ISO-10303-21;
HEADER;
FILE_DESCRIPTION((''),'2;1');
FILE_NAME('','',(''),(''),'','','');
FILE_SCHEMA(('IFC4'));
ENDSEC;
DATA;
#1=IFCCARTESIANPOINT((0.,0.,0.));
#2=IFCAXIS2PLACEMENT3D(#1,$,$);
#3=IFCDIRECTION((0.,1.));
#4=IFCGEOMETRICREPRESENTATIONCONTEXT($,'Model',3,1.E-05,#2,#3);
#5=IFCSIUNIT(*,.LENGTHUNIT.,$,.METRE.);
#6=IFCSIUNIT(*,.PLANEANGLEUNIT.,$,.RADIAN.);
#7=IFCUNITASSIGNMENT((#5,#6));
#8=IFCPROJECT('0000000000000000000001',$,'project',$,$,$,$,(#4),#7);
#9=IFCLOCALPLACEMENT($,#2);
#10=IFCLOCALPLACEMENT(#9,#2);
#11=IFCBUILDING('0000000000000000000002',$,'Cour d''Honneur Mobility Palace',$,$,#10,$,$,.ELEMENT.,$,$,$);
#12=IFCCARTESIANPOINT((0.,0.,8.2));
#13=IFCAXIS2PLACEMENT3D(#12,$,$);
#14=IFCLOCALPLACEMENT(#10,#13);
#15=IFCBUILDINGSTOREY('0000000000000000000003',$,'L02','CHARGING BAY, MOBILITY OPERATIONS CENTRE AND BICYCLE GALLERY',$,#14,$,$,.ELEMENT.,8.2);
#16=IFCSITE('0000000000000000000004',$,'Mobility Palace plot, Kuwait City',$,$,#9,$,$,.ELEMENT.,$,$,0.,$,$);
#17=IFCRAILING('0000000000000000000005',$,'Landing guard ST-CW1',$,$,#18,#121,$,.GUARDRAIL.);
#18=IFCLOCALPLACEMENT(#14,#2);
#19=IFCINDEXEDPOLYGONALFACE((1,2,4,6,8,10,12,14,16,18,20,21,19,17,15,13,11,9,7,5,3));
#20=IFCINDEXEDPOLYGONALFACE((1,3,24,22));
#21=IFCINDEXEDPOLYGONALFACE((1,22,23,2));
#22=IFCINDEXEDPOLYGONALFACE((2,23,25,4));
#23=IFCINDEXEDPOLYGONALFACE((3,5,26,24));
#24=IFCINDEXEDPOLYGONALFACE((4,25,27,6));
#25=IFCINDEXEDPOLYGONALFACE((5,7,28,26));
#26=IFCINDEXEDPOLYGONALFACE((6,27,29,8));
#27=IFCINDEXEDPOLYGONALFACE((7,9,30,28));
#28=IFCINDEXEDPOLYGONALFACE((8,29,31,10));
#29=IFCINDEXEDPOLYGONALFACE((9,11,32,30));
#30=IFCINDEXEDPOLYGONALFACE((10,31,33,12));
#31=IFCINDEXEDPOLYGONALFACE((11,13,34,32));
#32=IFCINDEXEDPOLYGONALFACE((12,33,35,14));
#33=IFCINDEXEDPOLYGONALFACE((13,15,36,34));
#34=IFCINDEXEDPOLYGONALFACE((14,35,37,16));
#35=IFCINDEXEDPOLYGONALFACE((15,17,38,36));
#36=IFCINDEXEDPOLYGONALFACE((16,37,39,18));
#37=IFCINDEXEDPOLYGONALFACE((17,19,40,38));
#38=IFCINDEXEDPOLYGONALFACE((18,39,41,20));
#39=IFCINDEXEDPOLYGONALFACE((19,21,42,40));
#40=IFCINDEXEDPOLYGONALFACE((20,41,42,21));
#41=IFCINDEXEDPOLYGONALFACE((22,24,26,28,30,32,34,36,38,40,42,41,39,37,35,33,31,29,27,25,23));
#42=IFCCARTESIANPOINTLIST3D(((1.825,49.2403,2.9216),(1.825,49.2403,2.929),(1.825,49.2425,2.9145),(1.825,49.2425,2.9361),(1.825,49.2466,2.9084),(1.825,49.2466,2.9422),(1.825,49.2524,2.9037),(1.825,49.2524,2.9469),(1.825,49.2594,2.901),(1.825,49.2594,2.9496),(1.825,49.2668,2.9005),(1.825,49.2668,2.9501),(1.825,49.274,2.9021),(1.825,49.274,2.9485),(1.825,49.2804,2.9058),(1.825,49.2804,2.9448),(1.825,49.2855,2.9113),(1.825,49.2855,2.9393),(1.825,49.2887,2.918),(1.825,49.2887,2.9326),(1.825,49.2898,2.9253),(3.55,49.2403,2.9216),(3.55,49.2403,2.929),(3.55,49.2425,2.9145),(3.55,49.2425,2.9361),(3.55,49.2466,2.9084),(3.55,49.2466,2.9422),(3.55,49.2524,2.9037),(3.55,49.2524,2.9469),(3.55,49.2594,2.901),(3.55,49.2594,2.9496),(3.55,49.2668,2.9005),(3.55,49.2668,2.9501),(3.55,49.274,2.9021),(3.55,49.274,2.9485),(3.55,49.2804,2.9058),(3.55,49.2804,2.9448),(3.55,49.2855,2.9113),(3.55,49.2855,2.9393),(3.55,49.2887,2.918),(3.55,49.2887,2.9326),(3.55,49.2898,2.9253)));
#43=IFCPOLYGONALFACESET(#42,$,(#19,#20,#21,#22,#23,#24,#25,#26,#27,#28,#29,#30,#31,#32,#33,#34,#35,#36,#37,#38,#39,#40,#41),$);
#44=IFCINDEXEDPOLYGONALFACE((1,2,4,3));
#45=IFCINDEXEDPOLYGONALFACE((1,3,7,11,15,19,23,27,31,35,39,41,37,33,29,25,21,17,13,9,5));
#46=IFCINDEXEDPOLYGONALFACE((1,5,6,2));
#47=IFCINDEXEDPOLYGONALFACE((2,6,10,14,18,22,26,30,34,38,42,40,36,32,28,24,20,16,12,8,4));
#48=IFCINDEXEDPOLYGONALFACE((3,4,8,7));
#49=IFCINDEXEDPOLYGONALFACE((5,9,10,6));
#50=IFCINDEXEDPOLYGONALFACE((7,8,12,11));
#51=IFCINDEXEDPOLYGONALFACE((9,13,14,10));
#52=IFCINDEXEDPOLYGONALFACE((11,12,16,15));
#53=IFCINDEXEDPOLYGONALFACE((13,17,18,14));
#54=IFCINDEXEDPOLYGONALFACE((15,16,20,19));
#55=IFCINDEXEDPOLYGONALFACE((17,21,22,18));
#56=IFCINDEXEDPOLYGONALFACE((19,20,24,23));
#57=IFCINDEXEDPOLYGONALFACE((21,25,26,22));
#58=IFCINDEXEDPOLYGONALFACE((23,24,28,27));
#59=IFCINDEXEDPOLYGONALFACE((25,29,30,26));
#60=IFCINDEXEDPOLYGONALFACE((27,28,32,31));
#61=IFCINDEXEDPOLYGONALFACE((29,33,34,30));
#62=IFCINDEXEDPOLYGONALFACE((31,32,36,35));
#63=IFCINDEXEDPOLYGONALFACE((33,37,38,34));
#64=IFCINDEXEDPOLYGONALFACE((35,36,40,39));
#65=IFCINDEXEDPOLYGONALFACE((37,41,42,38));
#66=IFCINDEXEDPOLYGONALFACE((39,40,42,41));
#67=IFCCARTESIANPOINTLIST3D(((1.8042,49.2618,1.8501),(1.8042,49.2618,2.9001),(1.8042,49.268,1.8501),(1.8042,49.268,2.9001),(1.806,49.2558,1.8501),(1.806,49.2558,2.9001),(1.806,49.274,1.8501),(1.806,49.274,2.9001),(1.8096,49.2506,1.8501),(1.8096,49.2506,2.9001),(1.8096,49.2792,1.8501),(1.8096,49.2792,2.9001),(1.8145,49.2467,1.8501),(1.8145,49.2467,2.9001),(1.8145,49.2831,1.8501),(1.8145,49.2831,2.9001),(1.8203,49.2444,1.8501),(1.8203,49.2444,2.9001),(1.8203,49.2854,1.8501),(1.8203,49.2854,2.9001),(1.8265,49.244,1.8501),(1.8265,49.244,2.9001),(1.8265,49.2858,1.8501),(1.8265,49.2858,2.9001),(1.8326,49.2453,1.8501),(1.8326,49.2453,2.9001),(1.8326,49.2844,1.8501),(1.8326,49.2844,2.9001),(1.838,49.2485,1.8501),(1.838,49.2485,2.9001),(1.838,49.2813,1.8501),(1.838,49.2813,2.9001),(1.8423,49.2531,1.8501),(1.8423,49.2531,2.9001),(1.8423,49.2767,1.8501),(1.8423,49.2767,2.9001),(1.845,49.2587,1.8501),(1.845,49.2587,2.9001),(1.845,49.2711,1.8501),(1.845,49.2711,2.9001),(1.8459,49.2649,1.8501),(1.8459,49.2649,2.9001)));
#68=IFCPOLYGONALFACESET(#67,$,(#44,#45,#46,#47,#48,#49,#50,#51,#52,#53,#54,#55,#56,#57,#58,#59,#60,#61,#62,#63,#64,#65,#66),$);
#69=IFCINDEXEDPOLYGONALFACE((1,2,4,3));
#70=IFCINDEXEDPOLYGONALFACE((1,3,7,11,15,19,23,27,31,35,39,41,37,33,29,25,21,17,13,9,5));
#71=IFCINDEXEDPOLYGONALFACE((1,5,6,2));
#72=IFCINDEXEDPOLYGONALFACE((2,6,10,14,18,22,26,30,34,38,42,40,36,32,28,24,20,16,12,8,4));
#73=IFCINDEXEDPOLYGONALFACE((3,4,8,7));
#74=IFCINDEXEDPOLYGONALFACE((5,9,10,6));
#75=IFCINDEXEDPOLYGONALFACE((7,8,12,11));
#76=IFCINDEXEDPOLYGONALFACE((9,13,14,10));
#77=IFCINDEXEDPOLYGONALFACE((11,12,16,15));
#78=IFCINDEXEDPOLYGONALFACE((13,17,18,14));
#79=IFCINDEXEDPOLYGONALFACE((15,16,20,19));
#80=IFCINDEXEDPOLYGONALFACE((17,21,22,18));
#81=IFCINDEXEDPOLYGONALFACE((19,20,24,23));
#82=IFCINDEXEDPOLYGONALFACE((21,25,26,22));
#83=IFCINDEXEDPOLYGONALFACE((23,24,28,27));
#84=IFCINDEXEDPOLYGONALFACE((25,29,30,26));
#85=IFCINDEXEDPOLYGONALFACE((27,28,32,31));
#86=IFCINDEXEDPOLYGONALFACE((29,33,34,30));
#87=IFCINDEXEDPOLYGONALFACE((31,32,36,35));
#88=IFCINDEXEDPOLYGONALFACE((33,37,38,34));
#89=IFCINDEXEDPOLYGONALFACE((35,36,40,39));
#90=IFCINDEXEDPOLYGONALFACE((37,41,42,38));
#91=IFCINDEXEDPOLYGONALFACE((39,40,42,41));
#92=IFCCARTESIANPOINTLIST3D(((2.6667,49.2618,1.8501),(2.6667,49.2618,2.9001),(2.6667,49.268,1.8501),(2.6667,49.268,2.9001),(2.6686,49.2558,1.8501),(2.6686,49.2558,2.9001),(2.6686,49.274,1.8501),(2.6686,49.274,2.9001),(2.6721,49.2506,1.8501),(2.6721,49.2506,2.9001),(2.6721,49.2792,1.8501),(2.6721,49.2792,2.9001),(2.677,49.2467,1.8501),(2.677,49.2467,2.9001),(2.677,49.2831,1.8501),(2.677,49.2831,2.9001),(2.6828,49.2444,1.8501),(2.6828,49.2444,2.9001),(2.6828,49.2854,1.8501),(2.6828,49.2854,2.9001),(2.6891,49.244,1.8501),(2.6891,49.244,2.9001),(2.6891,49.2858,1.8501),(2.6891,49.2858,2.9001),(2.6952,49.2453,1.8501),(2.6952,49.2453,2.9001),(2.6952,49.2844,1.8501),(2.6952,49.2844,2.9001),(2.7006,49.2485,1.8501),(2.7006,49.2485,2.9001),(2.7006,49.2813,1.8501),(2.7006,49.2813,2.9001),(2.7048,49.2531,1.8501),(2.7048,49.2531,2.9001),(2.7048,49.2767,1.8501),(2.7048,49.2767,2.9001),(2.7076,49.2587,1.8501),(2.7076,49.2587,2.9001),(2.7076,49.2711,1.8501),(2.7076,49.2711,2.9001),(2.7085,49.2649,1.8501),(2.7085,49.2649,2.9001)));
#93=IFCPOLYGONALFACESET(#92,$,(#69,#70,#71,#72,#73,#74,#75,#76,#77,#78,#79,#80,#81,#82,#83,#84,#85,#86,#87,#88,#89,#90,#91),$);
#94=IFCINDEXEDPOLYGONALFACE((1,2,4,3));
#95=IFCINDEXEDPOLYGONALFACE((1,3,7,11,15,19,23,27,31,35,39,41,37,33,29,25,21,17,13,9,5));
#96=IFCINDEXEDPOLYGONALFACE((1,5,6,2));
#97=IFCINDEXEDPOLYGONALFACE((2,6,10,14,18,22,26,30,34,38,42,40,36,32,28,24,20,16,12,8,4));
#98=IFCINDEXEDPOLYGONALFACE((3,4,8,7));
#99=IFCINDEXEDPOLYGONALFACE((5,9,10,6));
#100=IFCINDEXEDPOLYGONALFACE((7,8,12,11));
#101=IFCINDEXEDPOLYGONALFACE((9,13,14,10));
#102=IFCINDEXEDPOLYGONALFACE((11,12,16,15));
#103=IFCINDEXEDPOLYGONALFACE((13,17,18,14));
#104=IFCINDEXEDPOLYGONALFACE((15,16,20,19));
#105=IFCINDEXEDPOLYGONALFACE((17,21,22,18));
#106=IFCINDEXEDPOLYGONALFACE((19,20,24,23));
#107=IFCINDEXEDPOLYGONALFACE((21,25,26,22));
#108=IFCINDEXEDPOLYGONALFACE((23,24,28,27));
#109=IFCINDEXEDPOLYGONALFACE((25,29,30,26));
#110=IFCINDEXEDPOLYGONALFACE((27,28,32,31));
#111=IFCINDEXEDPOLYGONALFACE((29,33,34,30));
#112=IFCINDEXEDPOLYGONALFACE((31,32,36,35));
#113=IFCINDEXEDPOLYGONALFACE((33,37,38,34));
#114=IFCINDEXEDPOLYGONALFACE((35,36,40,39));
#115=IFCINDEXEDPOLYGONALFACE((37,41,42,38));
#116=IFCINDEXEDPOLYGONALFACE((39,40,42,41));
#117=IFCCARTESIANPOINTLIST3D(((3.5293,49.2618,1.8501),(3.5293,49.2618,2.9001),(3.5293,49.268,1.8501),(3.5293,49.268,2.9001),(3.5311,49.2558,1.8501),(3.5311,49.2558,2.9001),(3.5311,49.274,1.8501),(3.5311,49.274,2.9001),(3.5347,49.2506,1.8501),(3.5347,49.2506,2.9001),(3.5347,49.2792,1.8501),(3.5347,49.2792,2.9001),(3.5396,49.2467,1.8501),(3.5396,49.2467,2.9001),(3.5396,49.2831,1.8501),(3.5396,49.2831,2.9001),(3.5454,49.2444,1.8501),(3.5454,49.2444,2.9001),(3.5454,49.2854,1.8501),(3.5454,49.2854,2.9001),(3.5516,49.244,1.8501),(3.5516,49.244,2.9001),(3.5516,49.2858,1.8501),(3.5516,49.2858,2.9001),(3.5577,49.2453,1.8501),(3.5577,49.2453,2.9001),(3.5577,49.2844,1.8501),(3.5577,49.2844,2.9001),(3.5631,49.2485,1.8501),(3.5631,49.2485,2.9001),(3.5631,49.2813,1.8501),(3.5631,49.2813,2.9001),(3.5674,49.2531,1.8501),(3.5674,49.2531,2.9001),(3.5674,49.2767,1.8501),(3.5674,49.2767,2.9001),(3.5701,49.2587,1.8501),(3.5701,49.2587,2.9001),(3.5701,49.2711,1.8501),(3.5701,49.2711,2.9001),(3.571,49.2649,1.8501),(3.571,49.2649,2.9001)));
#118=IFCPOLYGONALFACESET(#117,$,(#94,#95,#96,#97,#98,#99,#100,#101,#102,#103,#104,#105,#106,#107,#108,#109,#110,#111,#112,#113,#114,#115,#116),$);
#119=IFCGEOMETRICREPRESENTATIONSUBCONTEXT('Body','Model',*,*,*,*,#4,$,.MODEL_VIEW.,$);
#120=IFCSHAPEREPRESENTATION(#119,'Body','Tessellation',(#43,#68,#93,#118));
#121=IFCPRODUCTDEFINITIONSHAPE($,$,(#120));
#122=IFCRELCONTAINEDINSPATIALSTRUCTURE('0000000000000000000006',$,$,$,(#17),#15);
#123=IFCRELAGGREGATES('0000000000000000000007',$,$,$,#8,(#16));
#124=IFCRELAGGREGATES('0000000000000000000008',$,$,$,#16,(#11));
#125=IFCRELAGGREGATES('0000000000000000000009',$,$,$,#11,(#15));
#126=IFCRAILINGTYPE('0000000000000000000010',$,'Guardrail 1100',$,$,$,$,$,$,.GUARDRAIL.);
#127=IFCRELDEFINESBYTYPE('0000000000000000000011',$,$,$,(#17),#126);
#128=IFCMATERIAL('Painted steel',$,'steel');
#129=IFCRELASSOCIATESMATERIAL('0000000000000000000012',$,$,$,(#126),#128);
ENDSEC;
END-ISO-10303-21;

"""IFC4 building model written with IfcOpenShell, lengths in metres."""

from ifc_helpers import new_model, si_unit, direction, frame, origin, origin_2d, place, context, subcontext, project, spatial, circle, extrude, material, type_object, element, save


model = new_model("IFC4")

# Units and contexts
model_context = context("Model", 3, precision=1e-05, world=origin(), true_north=direction((0.0, 1.0)))
body_context = subcontext(model_context, "Body", "Model", "MODEL_VIEW")
ifc_project = project(units=[si_unit("LENGTHUNIT", "METRE"), si_unit("PLANEANGLEUNIT", "RADIAN")], contexts=[model_context])

# Site, building, storey
site_placement = place(None, origin())
site = spatial("IfcSite", under=ifc_project, at=site_placement, Name="Mobility Palace plot, Kuwait City", CompositionType="ELEMENT", RefElevation=0.0)
building_placement = place(site_placement, origin())
building = spatial("IfcBuilding", under=site, at=building_placement, Name="Cour d'Honneur Mobility Palace", CompositionType="ELEMENT")
storey_placement = place(building_placement, frame((0.0, 0.0, 8.2)))
storey = spatial("IfcBuildingStorey", under=building, at=storey_placement, Name="L02", Description="CHARGING BAY, MOBILITY OPERATIONS CENTRE AND BICYCLE GALLERY", CompositionType="ELEMENT", Elevation=8.2)

# Railing
ifc_material_1 = material(Name="Painted steel", Category="steel")
railing_type_1 = type_object("IfcRailingType", Name="Guardrail 1100", PredefinedType="GUARDRAIL", material=ifc_material_1)
for number, where, name in (
    (1, (1.825, 49.2649, 1.8501), "Landing guard ST-CW1"),
):
    element("IfcRailing", number, at=place(storey_placement, frame(where)), inside=storey, type_object=railing_type_1, Name=name, PredefinedType="GUARDRAIL", context=body_context, shape_type="SweptSolid", body=[
        extrude(circle(Radius=0.0249, at=origin_2d()), frame((0.0, 0.0, 1.0752), z_axis=(1.0, 0.0, 0.0), x_axis=(0.0, 1.0, 0.0)), (0.0, 0.0, 1.0), 1.7251),
        extrude(circle(Radius=0.021, at=origin_2d()), origin(), (0.0, 0.0, 1.0), 1.05),
        extrude(circle(Radius=0.021, at=origin_2d()), frame((0.8625, 0.0, 0.0)), (0.0, 0.0, 1.0), 1.05),
        extrude(circle(Radius=0.021, at=origin_2d()), frame((1.7251, 0.0, 0.0)), (0.0, 0.0, 1.0), 1.05),
    ])

save(model, "model.ifc")
